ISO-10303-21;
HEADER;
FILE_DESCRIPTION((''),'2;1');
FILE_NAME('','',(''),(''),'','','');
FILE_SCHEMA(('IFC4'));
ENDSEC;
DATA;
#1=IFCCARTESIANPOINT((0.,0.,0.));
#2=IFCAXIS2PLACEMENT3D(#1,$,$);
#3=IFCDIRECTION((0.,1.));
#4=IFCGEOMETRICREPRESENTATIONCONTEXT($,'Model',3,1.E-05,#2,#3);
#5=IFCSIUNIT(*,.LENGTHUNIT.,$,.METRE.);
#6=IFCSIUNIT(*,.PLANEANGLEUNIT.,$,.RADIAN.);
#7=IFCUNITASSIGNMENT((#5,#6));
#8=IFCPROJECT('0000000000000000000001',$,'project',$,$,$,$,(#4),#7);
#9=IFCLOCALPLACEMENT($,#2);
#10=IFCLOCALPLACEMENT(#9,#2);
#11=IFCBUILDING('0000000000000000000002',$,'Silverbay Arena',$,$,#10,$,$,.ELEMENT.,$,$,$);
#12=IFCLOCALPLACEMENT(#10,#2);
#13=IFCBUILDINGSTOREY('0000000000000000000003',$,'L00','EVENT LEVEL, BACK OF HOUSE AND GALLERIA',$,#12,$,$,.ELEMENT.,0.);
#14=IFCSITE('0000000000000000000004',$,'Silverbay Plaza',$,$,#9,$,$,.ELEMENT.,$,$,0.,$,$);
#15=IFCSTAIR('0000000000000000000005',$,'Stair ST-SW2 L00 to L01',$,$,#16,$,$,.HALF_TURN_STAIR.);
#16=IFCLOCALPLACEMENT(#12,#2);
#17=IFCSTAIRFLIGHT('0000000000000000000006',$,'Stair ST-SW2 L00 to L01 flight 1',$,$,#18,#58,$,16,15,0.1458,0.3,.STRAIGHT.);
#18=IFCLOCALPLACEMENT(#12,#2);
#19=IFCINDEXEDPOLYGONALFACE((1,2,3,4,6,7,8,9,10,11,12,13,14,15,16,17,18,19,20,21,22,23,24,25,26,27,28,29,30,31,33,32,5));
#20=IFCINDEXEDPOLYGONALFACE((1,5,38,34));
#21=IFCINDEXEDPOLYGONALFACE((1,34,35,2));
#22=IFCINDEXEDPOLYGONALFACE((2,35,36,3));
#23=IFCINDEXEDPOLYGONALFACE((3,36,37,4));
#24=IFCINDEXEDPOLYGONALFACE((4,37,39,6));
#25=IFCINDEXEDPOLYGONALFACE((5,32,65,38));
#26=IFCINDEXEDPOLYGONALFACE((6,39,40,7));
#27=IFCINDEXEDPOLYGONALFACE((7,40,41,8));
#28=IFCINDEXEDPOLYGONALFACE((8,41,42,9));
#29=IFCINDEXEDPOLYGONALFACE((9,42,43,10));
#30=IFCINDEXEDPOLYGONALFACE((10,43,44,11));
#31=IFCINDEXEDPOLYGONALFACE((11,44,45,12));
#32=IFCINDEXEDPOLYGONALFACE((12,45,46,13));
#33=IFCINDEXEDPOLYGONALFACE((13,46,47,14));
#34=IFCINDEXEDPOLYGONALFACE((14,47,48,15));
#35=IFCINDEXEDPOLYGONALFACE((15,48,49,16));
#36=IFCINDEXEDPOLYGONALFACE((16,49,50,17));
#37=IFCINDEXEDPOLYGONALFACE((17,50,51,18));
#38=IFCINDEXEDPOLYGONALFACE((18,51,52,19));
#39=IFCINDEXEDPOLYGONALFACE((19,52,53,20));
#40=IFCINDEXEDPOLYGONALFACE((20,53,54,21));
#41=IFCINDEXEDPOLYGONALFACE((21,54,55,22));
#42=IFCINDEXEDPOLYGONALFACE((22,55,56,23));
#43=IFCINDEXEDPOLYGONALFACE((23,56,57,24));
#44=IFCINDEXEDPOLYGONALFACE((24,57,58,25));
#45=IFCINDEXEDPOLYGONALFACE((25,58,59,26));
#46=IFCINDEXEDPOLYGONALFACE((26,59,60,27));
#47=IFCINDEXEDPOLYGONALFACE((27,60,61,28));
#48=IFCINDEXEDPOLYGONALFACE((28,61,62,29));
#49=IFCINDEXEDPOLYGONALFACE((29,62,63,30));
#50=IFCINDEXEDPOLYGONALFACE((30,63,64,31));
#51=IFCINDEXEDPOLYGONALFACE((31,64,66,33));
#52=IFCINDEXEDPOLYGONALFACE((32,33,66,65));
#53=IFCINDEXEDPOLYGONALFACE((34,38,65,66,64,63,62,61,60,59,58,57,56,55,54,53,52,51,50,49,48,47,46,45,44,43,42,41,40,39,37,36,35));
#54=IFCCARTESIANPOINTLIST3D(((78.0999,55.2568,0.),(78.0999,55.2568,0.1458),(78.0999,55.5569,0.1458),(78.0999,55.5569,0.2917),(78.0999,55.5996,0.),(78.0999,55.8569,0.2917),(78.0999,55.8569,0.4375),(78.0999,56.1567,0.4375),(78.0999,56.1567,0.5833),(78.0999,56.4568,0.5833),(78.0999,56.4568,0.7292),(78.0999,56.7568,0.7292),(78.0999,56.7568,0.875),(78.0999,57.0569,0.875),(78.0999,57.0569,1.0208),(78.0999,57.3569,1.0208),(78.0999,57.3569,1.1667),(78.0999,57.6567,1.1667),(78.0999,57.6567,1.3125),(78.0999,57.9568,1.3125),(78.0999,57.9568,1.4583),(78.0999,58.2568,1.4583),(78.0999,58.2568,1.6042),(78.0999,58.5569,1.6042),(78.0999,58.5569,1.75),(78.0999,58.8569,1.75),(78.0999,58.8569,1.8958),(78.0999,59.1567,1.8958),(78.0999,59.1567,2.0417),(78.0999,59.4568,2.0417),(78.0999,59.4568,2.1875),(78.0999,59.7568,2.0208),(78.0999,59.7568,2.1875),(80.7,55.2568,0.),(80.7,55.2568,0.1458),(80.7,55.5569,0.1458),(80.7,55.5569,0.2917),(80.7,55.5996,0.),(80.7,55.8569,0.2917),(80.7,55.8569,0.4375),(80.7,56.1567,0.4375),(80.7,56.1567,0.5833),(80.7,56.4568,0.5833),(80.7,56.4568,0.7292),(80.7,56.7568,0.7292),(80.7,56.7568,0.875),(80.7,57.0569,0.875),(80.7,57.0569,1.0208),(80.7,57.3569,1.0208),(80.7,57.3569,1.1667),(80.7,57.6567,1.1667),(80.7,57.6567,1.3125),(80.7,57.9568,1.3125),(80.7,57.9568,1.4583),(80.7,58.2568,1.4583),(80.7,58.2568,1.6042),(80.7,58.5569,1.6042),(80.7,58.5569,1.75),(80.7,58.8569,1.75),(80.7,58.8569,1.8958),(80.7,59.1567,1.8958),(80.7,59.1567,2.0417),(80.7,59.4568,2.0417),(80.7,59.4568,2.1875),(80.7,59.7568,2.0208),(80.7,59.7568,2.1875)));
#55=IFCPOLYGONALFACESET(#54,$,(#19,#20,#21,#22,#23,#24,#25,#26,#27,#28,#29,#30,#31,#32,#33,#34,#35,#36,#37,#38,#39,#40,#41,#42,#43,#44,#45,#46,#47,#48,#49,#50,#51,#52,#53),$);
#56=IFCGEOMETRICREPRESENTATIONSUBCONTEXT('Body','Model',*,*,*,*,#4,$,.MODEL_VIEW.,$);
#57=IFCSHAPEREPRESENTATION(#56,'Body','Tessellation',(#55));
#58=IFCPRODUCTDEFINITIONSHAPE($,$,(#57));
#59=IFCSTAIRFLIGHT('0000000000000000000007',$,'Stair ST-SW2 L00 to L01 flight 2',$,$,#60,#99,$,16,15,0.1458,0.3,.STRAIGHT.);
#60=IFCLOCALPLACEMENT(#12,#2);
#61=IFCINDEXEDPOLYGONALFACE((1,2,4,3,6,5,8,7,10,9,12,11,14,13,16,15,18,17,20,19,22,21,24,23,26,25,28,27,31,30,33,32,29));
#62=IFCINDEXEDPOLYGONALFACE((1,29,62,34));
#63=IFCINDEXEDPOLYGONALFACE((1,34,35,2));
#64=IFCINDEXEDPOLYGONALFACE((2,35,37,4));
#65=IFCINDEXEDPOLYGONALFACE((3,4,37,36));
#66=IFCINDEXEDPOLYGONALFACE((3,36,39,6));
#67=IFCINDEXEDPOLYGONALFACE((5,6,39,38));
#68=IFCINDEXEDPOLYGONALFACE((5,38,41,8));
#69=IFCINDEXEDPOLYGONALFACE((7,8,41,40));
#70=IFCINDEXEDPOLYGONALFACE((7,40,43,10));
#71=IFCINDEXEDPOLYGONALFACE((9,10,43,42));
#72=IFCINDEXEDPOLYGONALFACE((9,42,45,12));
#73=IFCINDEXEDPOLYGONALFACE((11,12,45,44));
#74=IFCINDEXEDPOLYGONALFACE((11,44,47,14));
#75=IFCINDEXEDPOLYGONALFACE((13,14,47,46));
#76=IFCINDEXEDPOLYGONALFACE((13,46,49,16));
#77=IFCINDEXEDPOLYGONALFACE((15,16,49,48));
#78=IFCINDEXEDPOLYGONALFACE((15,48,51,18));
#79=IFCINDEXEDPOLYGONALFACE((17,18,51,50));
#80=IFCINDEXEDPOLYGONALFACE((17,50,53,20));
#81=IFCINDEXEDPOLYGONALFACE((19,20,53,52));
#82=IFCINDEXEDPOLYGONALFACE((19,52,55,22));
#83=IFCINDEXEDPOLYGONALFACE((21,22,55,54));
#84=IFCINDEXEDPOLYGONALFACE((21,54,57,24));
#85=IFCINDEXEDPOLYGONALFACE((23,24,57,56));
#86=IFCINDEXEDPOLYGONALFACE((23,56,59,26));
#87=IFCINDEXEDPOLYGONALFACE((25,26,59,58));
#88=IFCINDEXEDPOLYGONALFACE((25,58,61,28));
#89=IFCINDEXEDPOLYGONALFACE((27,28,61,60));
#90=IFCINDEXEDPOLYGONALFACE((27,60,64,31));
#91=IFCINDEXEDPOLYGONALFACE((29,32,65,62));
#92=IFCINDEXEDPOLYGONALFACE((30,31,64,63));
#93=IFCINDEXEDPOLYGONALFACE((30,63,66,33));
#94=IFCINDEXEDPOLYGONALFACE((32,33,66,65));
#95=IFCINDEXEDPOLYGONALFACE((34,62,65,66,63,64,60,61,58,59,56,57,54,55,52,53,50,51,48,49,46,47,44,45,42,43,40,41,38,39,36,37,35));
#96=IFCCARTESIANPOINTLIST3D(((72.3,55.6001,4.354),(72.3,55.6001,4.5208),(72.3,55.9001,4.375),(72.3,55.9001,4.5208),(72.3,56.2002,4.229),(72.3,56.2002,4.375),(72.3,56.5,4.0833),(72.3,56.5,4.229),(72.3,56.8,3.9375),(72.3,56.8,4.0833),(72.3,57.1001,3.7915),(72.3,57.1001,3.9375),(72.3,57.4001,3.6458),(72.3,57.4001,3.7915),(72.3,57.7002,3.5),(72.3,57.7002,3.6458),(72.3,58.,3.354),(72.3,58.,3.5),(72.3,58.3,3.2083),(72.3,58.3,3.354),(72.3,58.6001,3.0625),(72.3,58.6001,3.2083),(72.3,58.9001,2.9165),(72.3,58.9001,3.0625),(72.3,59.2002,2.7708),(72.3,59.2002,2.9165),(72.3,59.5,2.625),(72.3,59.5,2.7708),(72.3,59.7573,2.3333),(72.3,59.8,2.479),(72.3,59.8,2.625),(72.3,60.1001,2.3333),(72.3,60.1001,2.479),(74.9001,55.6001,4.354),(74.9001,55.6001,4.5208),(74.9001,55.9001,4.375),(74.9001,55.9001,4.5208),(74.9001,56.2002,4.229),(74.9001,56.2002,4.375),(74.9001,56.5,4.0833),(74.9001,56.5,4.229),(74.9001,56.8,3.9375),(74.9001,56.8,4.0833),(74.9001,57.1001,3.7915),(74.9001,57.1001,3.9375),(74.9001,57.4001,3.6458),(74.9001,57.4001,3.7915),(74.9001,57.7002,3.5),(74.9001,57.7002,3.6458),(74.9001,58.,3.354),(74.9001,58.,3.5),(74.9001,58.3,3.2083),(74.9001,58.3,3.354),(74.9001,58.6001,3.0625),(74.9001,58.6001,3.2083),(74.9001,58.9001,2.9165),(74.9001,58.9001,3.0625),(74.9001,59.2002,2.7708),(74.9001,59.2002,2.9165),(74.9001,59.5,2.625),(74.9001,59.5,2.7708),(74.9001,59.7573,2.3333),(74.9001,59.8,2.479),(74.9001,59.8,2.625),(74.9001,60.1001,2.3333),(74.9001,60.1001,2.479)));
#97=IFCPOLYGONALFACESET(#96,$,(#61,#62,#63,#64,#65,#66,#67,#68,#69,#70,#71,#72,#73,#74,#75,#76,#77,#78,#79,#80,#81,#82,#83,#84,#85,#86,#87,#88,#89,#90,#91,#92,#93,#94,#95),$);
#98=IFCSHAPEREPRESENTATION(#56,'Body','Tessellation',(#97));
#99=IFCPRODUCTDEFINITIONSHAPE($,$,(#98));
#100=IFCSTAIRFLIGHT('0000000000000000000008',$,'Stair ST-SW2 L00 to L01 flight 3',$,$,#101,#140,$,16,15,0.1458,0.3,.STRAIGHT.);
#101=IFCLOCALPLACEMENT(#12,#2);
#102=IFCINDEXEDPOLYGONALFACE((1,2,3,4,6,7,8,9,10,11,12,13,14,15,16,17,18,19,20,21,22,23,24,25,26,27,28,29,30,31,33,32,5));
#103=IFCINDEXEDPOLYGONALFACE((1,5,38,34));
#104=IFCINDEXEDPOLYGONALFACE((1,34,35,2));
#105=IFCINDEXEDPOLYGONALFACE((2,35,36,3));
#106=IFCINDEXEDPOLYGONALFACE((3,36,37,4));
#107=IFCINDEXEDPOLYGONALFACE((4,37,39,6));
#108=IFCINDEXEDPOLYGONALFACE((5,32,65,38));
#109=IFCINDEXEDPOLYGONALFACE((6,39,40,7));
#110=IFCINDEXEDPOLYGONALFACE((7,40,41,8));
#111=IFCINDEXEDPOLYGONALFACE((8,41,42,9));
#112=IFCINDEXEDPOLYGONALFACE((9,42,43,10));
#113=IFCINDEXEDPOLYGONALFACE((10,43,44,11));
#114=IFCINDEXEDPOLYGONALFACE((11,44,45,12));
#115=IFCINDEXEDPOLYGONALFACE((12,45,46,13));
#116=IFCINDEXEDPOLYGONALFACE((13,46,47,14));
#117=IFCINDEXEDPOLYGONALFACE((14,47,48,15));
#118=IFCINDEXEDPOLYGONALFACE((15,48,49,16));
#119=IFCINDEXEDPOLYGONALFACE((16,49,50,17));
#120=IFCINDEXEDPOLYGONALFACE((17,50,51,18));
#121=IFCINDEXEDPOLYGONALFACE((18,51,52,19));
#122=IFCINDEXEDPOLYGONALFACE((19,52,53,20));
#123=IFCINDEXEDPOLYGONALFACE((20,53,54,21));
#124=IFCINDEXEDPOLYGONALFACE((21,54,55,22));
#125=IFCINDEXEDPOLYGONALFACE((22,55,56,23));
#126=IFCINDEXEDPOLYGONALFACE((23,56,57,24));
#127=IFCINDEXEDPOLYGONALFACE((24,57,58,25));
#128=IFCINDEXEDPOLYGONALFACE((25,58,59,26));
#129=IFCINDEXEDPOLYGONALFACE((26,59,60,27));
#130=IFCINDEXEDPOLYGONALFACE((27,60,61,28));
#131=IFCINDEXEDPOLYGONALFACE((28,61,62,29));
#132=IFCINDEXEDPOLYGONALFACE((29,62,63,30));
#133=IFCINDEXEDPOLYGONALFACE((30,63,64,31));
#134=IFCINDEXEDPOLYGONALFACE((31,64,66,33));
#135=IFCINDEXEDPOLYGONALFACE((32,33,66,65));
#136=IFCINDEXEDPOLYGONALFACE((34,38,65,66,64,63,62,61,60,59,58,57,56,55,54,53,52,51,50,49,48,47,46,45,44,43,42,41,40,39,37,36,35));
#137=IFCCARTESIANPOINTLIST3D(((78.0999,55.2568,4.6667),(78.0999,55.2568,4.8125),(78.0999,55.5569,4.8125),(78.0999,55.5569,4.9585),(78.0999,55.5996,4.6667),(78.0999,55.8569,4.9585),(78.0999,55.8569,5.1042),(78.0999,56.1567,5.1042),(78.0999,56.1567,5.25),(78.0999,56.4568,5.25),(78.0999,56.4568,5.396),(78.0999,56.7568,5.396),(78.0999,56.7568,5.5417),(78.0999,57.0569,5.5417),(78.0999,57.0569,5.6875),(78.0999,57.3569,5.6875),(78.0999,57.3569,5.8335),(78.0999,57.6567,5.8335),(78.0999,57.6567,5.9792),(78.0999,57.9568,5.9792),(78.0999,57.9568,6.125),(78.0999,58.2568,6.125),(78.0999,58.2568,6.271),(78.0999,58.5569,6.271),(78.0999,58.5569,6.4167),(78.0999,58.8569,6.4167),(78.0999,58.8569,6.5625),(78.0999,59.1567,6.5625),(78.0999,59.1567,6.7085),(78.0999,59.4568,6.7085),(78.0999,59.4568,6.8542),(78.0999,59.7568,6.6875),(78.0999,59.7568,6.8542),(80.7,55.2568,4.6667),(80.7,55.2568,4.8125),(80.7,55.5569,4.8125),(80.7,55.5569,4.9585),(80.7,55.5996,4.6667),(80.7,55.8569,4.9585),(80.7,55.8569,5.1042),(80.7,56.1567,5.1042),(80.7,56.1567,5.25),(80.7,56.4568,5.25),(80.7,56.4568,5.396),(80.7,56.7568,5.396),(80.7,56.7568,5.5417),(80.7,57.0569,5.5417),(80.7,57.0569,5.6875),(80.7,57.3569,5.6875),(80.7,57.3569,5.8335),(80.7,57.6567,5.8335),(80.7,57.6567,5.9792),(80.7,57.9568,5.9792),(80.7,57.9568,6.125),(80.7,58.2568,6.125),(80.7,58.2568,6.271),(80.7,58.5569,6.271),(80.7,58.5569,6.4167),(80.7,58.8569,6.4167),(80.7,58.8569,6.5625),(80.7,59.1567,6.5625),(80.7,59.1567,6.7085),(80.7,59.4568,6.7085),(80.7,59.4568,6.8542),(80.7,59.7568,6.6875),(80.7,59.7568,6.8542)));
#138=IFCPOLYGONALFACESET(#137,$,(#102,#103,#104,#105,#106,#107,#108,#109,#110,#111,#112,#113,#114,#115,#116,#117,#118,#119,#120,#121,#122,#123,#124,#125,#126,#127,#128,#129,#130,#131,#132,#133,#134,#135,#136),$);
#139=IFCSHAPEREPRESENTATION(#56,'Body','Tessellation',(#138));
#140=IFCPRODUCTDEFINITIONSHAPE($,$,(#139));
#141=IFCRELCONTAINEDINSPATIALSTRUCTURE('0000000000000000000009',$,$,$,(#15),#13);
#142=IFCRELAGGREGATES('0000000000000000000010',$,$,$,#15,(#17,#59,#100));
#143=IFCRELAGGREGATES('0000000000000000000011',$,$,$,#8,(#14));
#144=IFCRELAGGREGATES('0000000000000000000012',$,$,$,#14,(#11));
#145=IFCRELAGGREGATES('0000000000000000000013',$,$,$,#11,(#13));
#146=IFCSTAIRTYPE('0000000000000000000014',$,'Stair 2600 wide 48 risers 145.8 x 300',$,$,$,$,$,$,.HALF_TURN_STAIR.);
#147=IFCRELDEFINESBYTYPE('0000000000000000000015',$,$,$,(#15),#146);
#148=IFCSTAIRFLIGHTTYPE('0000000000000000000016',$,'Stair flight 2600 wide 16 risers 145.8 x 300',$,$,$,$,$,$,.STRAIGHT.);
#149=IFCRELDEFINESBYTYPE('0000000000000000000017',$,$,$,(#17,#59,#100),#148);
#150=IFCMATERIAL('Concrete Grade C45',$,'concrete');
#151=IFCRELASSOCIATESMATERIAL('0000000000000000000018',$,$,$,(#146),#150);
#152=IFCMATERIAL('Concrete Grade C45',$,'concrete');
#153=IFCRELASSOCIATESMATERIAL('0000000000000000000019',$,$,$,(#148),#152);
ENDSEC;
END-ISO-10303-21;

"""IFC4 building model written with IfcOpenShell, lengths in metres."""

from ifc_helpers import new_model, si_unit, direction, frame, origin, place, context, subcontext, project, spatial, polyline, outline, extrude, material, type_object, element, aggregate, save


model = new_model("IFC4")

# Units and contexts
model_context = context("Model", 3, precision=1e-05, world=origin(), true_north=direction((0.0, 1.0)))
body_context = subcontext(model_context, "Body", "Model", "MODEL_VIEW")
ifc_project = project(units=[si_unit("LENGTHUNIT", "METRE"), si_unit("PLANEANGLEUNIT", "RADIAN")], contexts=[model_context])

# Site, building, storey
site_placement = place(None, origin())
site = spatial("IfcSite", under=ifc_project, at=site_placement, Name="Silverbay Plaza", CompositionType="ELEMENT", RefElevation=0.0)
building_placement = place(site_placement, origin())
building = spatial("IfcBuilding", under=site, at=building_placement, Name="Silverbay Arena", CompositionType="ELEMENT")
storey_placement = place(building_placement, origin())
storey = spatial("IfcBuildingStorey", under=building, at=storey_placement, Name="L00", Description="EVENT LEVEL, BACK OF HOUSE AND GALLERIA", CompositionType="ELEMENT", Elevation=0.0)

# Stair, stair flights
ifc_material_1 = material(Name="Concrete Grade C45", Category="concrete")
stair_type = type_object("IfcStairType", Name="Stair 2600 wide 48 risers 145.8 x 300", PredefinedType="HALF_TURN_STAIR", material=ifc_material_1)
ifc_material_2 = material(Name="Concrete Grade C45", Category="concrete")
stair_flight_type = type_object("IfcStairFlightType", Name="Stair flight 2600 wide 16 risers 145.8 x 300", PredefinedType="STRAIGHT", material=ifc_material_2)
stair_1_placement = place(storey_placement, origin())
stair_1 = element("IfcStair", 1, at=stair_1_placement, inside=storey, type_object=stair_type, Name="Stair ST-SW2 L00 to L01", PredefinedType="HALF_TURN_STAIR")
stair_flight_1_placement = place(storey_placement, frame((79.3999, 55.2568, 0.0), z_axis=(0.0, 0.0, 1.0), x_axis=(0.0, 1.0, 0.0)))
stair_flight_1 = element("IfcStairFlight", 2, at=stair_flight_1_placement, type_object=stair_flight_type, Name="Stair ST-SW2 L00 to L01 flight 1", NumberOfRisers=16, NumberOfTreads=15, PredefinedType="STRAIGHT", RiserHeight=0.1458, TreadLength=0.3, context=body_context, shape_type="SweptSolid", body=[
    extrude(outline(polyline([(0.0, 0.0), (0.0, 0.1458), (0.3, 0.1458), (0.3, 0.2917), (0.6001, 0.2917), (0.6001, 0.4375), (0.8999, 0.4375), (0.8999, 0.5833), (1.2, 0.5833), (1.2, 0.7292), (1.5, 0.7292), (1.5, 0.875), (1.8, 0.875), (1.8, 1.0208), (2.1001, 1.0208), (2.1001, 1.1667), (2.3999, 1.1667), (2.3999, 1.3125), (2.7, 1.3125), (2.7, 1.4583), (3.0, 1.4583), (3.0, 1.6042), (3.3, 1.6042), (3.3, 1.75), (3.6001, 1.75), (3.6001, 1.8958), (3.8999, 1.8958), (3.8999, 2.0417), (4.2, 2.0417), (4.2, 2.1875), (4.5, 2.1875), (4.5, 2.0208), (0.3428, 0.0), (0.0, 0.0)])), frame((0.0, 1.3, 0.0), z_axis=(0.0, -1.0, 0.0), x_axis=(1.0, 0.0, 0.0)), (0.0, 0.0, 1.0), 2.6001),
])
stair_flight_2_placement = place(storey_placement, frame((73.6001, 60.1001, 2.3333), z_axis=(0.0, 0.0, 1.0), x_axis=(0.0, -1.0, 0.0)))
stair_flight_2 = element("IfcStairFlight", 3, at=stair_flight_2_placement, type_object=stair_flight_type, Name="Stair ST-SW2 L00 to L01 flight 2", NumberOfRisers=16, NumberOfTreads=15, PredefinedType="STRAIGHT", RiserHeight=0.1458, TreadLength=0.3, context=body_context, shape_type="SweptSolid", body=[
    extrude(outline(polyline([(0.0, 0.0), (0.0, 0.1458), (0.3, 0.1458), (0.3, 0.2917), (0.6001, 0.2917), (0.6001, 0.4375), (0.8999, 0.4375), (0.8999, 0.5833), (1.2, 0.5833), (1.2, 0.7292), (1.5, 0.7292), (1.5, 0.875), (1.8, 0.875), (1.8, 1.0208), (2.1001, 1.0208), (2.1001, 1.1667), (2.3999, 1.1667), (2.3999, 1.3125), (2.7, 1.3125), (2.7, 1.4583), (3.0, 1.4583), (3.0, 1.6042), (3.3, 1.6042), (3.3, 1.75), (3.6001, 1.75), (3.6001, 1.8958), (3.8999, 1.8958), (3.8999, 2.0417), (4.2, 2.0417), (4.2, 2.1875), (4.5, 2.1875), (4.5, 2.0208), (0.3428, 0.0), (0.0, 0.0)])), frame((0.0, 1.3, 0.0), z_axis=(0.0, -1.0, 0.0), x_axis=(1.0, 0.0, 0.0)), (0.0, 0.0, 1.0), 2.6001),
])
stair_flight_3_placement = place(storey_placement, frame((79.3999, 55.2568, 4.6667), z_axis=(0.0, 0.0, 1.0), x_axis=(0.0, 1.0, 0.0)))
stair_flight_3 = element("IfcStairFlight", 4, at=stair_flight_3_placement, type_object=stair_flight_type, Name="Stair ST-SW2 L00 to L01 flight 3", NumberOfRisers=16, NumberOfTreads=15, PredefinedType="STRAIGHT", RiserHeight=0.1458, TreadLength=0.3, context=body_context, shape_type="SweptSolid", body=[
    extrude(outline(polyline([(0.0, 0.0), (0.0, 0.1458), (0.3, 0.1458), (0.3, 0.2917), (0.6001, 0.2917), (0.6001, 0.4375), (0.8999, 0.4375), (0.8999, 0.5833), (1.2, 0.5833), (1.2, 0.7292), (1.5, 0.7292), (1.5, 0.875), (1.8, 0.875), (1.8, 1.0208), (2.1001, 1.0208), (2.1001, 1.1667), (2.3999, 1.1667), (2.3999, 1.3125), (2.7, 1.3125), (2.7, 1.4583), (3.0, 1.4583), (3.0, 1.6042), (3.3, 1.6042), (3.3, 1.75), (3.6001, 1.75), (3.6001, 1.8958), (3.8999, 1.8958), (3.8999, 2.0417), (4.2, 2.0417), (4.2, 2.1875), (4.5, 2.1875), (4.5, 2.0208), (0.3428, 0.0), (0.0, 0.0)])), frame((0.0, 1.3, 0.0), z_axis=(0.0, -1.0, 0.0), x_axis=(1.0, 0.0, 0.0)), (0.0, 0.0, 1.0), 2.6001),
])
aggregate(stair_1, [stair_flight_1, stair_flight_2, stair_flight_3])

save(model, "model.ifc")
